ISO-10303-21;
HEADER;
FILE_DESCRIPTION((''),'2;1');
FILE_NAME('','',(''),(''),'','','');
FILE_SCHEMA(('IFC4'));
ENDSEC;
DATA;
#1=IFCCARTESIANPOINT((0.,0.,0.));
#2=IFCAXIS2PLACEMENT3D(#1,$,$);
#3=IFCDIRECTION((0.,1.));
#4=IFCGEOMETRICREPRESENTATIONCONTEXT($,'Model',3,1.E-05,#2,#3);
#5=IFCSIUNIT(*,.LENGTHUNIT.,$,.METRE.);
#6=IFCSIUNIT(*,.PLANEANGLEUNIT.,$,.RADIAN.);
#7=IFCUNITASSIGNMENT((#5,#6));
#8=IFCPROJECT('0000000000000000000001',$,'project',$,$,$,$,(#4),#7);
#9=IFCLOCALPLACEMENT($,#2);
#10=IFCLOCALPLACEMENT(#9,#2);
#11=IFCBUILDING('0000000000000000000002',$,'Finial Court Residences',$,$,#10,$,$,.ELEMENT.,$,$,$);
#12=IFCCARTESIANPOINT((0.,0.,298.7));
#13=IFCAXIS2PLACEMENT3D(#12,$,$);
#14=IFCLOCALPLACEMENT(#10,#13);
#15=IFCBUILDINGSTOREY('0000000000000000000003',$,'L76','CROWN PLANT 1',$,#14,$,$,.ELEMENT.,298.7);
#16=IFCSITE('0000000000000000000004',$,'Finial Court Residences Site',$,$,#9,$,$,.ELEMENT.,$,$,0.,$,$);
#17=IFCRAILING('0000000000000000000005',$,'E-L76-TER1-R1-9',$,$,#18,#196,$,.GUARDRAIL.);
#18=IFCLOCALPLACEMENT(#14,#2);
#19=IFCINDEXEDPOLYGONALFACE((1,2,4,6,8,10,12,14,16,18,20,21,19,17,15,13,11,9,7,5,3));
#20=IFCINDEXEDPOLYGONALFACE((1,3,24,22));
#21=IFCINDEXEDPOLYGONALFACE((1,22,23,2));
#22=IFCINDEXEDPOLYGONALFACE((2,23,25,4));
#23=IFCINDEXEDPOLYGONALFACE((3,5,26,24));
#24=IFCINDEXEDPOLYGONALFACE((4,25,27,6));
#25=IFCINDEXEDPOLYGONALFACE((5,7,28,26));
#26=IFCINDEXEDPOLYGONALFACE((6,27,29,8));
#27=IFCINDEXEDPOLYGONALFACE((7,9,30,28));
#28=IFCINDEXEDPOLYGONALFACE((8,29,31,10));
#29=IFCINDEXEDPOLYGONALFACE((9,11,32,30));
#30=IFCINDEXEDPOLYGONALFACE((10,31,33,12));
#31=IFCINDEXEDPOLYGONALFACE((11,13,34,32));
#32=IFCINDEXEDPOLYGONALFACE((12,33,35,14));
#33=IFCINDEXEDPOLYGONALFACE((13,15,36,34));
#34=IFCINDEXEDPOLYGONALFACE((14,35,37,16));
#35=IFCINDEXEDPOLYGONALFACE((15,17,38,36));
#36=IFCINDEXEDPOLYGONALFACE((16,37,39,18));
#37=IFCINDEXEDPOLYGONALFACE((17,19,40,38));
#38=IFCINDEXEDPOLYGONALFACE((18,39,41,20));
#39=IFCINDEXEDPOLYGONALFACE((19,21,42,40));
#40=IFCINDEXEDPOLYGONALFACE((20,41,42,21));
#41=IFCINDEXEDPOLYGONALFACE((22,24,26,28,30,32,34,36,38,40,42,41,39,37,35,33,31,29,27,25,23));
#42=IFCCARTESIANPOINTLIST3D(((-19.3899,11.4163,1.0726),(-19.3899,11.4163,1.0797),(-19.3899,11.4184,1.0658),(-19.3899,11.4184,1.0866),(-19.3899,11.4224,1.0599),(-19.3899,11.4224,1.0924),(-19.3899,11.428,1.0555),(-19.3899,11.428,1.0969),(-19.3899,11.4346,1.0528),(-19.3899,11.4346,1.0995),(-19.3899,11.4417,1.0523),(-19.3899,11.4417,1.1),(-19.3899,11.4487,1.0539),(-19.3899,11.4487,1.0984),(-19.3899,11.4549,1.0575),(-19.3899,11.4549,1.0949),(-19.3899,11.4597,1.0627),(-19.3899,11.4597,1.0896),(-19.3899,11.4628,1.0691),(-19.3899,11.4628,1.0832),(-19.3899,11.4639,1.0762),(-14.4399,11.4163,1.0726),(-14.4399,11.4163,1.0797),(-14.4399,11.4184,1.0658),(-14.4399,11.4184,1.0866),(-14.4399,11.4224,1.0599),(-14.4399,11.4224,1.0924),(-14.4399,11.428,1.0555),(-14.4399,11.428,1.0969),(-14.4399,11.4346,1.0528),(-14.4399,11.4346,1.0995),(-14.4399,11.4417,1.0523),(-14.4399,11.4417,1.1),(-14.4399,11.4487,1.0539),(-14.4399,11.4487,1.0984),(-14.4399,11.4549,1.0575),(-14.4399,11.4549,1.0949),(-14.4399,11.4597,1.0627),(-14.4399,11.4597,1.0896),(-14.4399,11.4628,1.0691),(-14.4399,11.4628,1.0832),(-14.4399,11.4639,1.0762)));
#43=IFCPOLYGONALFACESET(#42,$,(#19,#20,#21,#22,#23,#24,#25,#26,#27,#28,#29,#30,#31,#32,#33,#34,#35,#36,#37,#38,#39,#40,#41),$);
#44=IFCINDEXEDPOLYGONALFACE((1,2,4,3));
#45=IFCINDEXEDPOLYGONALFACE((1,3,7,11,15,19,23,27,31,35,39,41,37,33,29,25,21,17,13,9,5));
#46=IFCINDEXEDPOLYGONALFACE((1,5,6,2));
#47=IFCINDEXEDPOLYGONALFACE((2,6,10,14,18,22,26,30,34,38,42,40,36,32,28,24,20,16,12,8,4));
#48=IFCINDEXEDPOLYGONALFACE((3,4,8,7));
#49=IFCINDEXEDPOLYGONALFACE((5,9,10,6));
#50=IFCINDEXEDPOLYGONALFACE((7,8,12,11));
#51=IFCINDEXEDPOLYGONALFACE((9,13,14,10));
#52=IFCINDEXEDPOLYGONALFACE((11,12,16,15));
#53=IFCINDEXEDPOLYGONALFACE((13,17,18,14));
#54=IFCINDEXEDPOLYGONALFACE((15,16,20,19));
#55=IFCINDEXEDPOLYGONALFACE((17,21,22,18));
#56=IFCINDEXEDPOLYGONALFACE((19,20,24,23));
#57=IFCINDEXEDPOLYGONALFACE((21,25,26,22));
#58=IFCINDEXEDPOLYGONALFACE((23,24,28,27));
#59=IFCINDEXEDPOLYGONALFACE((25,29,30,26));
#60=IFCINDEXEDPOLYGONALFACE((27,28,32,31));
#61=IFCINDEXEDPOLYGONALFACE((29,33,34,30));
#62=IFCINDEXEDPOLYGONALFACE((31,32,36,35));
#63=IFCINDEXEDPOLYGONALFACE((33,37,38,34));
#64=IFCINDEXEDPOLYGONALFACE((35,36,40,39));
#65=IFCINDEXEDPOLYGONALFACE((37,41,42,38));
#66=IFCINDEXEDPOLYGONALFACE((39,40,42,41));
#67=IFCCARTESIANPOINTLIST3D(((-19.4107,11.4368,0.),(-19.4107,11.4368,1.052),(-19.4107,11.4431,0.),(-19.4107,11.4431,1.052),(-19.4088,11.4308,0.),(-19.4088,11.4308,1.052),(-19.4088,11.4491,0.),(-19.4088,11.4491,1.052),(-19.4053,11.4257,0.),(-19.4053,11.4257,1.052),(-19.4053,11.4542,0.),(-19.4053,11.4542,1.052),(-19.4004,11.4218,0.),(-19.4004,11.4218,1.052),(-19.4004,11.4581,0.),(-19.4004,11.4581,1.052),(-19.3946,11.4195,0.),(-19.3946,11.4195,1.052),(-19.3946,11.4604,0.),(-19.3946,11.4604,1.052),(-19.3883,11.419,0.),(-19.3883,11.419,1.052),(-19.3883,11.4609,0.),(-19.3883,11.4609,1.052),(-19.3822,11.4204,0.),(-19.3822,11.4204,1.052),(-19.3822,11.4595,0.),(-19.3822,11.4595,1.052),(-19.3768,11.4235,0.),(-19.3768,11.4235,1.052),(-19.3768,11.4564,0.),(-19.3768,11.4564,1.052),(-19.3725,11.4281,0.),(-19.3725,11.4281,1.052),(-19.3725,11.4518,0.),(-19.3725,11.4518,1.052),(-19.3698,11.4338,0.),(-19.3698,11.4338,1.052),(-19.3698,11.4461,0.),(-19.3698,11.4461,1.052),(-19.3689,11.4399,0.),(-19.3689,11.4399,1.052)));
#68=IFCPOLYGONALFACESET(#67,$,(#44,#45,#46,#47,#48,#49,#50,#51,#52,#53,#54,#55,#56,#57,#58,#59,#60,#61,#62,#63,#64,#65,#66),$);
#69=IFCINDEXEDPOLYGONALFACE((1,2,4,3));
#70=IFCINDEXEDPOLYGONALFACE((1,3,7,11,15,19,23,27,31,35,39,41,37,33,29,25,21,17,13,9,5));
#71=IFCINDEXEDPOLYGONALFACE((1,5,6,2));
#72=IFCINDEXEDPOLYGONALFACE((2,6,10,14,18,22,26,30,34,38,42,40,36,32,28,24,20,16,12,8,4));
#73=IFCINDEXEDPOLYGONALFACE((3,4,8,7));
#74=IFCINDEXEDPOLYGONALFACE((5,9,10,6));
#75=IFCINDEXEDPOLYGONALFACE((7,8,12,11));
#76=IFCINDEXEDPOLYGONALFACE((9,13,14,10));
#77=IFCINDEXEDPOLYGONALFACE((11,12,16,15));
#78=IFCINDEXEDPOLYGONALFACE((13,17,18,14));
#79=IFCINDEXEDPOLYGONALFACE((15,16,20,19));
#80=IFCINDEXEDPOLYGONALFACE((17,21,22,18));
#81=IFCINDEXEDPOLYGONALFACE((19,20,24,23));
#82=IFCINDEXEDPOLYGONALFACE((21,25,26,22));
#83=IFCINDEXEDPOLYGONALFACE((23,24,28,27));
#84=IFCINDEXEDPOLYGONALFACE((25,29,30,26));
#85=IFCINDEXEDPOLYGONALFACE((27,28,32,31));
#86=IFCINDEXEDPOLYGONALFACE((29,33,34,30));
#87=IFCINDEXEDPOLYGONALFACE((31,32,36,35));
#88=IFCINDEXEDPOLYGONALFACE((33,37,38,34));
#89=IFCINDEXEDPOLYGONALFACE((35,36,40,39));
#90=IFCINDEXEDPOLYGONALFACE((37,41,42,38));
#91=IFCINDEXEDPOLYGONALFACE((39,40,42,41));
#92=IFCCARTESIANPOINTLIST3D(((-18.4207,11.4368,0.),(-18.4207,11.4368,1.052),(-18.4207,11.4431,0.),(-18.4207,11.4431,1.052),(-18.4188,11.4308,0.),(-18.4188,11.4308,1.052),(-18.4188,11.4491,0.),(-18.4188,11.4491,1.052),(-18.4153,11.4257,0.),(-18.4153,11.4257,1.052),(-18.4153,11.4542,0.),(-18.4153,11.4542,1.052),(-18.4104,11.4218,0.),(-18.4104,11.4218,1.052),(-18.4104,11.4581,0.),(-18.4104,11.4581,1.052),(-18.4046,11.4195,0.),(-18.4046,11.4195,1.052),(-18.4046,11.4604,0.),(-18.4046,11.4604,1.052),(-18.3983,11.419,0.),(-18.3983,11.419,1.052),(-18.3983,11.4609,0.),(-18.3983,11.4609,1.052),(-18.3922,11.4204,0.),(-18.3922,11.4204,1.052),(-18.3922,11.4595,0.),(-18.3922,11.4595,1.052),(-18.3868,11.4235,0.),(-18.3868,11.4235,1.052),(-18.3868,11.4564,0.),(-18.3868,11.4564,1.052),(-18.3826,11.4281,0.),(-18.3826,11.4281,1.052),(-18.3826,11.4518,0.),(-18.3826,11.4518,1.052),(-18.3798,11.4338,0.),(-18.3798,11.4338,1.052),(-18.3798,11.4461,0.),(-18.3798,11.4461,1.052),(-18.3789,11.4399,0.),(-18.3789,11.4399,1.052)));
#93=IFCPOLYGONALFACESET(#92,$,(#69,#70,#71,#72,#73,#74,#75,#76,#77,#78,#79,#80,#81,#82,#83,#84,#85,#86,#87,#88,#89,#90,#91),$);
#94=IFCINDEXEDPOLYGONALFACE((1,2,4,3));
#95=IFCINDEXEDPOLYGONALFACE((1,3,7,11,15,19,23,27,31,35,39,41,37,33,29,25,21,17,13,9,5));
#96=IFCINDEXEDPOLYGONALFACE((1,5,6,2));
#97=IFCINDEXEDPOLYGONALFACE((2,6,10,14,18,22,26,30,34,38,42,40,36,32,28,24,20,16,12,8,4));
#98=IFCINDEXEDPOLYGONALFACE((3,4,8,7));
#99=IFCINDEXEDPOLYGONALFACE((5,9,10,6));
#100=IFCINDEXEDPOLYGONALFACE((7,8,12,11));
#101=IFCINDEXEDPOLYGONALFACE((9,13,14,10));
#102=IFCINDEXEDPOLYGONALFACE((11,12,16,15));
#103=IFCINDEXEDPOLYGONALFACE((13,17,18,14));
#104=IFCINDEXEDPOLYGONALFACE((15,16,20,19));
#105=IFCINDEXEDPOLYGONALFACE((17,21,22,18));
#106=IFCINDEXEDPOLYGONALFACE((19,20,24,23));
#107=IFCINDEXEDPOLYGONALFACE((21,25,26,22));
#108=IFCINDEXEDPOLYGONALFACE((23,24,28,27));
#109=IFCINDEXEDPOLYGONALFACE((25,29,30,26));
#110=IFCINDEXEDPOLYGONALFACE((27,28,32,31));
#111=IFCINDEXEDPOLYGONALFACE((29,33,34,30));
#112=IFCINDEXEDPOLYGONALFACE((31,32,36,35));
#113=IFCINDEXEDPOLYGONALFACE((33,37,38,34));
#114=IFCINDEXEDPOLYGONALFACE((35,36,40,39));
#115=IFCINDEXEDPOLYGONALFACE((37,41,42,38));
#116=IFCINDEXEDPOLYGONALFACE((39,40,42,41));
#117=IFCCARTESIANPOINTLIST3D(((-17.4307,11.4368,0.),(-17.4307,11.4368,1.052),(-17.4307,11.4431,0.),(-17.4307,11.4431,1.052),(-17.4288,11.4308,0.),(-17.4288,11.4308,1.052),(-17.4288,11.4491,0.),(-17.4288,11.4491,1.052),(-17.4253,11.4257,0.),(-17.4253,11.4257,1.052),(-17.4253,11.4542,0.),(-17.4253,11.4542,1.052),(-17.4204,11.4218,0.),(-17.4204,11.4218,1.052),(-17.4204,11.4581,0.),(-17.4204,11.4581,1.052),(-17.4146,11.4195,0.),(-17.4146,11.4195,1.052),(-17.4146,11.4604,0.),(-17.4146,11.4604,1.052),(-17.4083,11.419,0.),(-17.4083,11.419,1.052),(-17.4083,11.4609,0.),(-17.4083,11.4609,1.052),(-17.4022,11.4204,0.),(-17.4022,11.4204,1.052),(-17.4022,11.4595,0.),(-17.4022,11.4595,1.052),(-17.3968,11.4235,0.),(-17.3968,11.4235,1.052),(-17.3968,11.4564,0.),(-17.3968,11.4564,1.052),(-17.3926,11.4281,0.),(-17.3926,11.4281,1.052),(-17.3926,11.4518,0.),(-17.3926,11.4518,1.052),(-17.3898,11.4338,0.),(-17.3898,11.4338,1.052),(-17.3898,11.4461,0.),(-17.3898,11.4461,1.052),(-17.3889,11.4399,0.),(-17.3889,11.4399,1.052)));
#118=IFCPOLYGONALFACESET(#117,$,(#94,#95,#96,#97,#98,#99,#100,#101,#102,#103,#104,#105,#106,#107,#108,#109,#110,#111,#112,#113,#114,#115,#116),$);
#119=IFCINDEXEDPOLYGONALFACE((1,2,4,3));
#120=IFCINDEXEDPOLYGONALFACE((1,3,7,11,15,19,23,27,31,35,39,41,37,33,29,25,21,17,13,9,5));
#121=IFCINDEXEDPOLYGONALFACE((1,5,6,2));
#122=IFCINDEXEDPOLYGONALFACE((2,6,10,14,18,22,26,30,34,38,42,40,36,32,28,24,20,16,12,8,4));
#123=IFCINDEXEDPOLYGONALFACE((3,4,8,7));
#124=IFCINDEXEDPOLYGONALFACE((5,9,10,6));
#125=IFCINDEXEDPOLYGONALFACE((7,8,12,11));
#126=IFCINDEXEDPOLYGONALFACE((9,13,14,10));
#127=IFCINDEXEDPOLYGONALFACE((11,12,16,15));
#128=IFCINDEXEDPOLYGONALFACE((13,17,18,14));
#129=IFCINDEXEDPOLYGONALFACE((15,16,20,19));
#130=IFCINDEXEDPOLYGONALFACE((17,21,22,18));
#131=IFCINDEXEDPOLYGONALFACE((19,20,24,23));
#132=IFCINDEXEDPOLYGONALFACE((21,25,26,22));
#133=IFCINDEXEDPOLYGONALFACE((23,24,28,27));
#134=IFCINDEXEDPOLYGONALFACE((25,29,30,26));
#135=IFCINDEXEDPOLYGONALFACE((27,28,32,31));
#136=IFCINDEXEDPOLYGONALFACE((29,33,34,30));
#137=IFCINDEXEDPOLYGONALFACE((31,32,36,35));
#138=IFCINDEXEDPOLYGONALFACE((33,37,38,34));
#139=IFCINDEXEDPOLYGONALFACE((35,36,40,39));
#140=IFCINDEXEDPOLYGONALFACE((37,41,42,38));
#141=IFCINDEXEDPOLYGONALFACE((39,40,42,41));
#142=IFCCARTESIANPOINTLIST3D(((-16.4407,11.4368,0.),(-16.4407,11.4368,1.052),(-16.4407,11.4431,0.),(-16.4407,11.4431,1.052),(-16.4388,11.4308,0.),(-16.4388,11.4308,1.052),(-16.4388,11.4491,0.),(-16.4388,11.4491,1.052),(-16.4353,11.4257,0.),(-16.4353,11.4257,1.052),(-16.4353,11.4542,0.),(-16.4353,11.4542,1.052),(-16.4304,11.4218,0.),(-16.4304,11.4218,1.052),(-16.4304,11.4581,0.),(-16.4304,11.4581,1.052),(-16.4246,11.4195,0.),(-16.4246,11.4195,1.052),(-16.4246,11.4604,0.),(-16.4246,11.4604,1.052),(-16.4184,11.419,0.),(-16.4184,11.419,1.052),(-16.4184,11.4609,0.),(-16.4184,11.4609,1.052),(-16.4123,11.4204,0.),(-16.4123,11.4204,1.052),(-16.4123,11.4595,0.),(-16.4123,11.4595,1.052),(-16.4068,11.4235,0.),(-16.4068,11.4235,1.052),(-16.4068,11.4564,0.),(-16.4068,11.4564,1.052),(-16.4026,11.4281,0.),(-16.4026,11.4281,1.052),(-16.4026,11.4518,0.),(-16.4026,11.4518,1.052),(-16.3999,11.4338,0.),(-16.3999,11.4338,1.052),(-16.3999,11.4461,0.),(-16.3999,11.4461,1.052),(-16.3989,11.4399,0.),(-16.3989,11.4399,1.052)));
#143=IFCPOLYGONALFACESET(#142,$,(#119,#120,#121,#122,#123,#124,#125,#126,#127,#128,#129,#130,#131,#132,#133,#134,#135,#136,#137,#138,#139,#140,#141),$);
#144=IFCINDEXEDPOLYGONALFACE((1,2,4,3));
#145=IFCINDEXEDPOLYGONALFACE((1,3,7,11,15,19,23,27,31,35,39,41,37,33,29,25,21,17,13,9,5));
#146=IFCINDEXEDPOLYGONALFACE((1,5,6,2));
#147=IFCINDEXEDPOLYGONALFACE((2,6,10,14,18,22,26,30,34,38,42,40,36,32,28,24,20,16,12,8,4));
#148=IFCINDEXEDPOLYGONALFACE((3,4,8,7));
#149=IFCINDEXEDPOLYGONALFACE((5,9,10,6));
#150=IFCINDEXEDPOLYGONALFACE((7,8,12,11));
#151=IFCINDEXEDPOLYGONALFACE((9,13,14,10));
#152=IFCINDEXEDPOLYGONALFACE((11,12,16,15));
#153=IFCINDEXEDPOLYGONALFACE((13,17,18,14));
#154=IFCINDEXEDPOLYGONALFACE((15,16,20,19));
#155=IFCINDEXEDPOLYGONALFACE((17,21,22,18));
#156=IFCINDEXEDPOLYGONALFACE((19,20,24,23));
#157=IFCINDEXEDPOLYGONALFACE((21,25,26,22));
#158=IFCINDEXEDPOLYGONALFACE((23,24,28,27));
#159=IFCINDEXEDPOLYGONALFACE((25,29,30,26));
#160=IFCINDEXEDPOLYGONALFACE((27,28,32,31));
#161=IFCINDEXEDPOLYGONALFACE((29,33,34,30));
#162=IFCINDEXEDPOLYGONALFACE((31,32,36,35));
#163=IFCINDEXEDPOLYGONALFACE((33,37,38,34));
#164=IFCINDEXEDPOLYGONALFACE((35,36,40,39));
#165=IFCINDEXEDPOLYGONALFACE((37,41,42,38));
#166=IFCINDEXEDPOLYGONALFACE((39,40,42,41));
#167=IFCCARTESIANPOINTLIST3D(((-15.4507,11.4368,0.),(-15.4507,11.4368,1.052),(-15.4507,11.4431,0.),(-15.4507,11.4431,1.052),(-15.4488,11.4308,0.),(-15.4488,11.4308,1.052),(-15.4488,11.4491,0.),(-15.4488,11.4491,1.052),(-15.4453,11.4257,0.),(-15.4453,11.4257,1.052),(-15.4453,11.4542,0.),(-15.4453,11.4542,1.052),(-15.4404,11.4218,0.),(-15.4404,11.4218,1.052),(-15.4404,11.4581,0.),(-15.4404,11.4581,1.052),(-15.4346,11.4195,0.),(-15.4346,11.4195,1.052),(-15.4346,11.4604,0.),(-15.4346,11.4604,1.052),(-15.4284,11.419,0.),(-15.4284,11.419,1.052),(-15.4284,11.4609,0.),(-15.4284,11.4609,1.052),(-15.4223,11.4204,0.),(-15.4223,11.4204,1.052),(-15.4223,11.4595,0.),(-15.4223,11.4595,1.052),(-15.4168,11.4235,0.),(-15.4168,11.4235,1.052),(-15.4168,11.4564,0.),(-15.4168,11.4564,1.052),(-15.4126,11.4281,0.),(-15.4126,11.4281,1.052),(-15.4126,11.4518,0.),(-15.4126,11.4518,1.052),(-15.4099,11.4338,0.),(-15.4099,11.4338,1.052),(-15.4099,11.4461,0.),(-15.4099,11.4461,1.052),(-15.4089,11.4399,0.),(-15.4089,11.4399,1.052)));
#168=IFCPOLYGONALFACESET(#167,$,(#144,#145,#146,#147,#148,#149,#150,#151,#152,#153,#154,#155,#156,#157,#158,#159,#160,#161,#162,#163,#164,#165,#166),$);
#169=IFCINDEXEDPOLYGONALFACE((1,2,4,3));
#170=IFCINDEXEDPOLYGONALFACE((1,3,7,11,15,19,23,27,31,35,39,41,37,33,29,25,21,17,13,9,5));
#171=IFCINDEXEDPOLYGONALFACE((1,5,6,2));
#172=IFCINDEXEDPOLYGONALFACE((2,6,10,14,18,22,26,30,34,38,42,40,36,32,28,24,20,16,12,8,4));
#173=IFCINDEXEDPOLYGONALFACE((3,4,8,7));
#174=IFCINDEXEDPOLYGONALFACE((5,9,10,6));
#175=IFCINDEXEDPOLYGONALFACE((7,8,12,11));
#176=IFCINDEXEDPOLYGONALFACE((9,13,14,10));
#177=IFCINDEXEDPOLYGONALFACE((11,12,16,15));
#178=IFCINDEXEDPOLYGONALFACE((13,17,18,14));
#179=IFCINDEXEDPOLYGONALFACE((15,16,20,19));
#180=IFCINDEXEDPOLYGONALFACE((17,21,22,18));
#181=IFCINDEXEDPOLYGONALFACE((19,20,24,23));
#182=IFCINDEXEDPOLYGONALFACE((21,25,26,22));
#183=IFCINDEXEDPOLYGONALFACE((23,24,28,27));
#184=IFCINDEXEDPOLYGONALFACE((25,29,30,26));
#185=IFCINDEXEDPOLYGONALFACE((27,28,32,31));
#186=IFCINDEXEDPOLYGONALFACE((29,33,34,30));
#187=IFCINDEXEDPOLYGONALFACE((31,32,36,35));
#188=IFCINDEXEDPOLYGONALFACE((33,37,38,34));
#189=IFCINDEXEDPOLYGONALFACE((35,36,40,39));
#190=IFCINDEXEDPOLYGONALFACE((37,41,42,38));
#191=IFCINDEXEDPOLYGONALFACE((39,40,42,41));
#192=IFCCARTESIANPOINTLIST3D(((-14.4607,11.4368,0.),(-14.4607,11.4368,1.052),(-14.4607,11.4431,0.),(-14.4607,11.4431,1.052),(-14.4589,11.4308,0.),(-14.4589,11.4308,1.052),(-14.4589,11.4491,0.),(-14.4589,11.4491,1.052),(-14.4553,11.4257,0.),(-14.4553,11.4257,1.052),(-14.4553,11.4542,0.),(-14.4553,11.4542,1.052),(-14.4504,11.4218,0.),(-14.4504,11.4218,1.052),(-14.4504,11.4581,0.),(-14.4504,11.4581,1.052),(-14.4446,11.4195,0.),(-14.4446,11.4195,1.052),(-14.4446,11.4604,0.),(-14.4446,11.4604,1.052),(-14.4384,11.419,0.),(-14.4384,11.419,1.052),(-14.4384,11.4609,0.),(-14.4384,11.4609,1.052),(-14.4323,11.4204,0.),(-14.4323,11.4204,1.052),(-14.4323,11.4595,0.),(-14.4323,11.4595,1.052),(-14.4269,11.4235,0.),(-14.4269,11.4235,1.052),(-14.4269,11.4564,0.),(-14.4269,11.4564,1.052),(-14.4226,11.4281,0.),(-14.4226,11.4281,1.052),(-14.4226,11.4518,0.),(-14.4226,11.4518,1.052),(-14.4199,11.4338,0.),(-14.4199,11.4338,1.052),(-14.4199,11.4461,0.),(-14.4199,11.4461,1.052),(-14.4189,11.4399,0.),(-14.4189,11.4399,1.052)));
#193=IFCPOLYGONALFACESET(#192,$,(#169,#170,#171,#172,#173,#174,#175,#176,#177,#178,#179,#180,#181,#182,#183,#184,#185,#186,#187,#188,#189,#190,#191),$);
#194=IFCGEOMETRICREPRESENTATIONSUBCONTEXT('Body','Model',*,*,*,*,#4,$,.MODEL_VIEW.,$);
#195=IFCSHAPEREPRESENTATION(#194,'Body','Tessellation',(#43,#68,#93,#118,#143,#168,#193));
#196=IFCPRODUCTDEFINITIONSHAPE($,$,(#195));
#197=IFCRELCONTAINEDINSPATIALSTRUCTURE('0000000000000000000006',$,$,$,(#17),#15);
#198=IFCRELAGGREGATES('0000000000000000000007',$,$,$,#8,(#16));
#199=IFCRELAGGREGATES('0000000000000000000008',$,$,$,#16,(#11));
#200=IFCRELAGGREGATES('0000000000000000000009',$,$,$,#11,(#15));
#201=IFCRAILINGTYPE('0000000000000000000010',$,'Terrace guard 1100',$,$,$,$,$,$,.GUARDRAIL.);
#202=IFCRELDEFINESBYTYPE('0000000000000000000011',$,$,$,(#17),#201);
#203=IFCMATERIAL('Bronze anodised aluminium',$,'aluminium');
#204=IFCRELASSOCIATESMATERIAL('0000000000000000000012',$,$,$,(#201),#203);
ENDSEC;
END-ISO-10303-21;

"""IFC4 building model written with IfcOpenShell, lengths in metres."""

from ifc_helpers import new_model, si_unit, direction, frame, origin, origin_2d, place, context, subcontext, project, spatial, circle, extrude, material, type_object, element, save


model = new_model("IFC4")

# Units and contexts
model_context = context("Model", 3, precision=1e-05, world=origin(), true_north=direction((0.0, 1.0)))
body_context = subcontext(model_context, "Body", "Model", "MODEL_VIEW")
ifc_project = project(units=[si_unit("LENGTHUNIT", "METRE"), si_unit("PLANEANGLEUNIT", "RADIAN")], contexts=[model_context])

# Site, building, storey
site_placement = place(None, origin())
site = spatial("IfcSite", under=ifc_project, at=site_placement, Name="Finial Court Residences Site", CompositionType="ELEMENT", RefElevation=0.0)
building_placement = place(site_placement, origin())
building = spatial("IfcBuilding", under=site, at=building_placement, Name="Finial Court Residences", CompositionType="ELEMENT")
storey_placement = place(building_placement, frame((0.0, 0.0, 298.7)))
storey = spatial("IfcBuildingStorey", under=building, at=storey_placement, Name="L76", Description="CROWN PLANT 1", CompositionType="ELEMENT", Elevation=298.7)

# Shared definitions
ifc_material_1 = material(Name="Bronze anodised aluminium", Category="aluminium")

# Railing
railing_type = type_object("IfcRailingType", Name="Terrace guard 1100", PredefinedType="GUARDRAIL", material=ifc_material_1)
railing_1_placement = place(storey_placement, frame((-19.3899, 11.4399, 0.0)))
element("IfcRailing", 1, at=railing_1_placement, inside=storey, type_object=railing_type, Name="E-L76-TER1-R1-9", PredefinedType="GUARDRAIL", context=body_context, shape_type="SweptSolid", body=[
    extrude(circle(Radius=0.0239, at=origin_2d()), frame((0.0, 0.0, 1.0762), z_axis=(1.0, 0.0, 0.0), x_axis=(0.0, 1.0, 0.0)), (0.0, 0.0, 1.0), 4.95),
    extrude(circle(Radius=0.021, at=origin_2d()), origin(), (0.0, 0.0, 1.0), 1.052),
    extrude(circle(Radius=0.021, at=origin_2d()), frame((0.99, 0.0, 0.0)), (0.0, 0.0, 1.0), 1.052),
    extrude(circle(Radius=0.021, at=origin_2d()), frame((1.98, 0.0, 0.0)), (0.0, 0.0, 1.0), 1.052),
    extrude(circle(Radius=0.021, at=origin_2d()), frame((2.97, 0.0, 0.0)), (0.0, 0.0, 1.0), 1.052),
    extrude(circle(Radius=0.021, at=origin_2d()), frame((3.96, 0.0, 0.0)), (0.0, 0.0, 1.0), 1.052),
    extrude(circle(Radius=0.021, at=origin_2d()), frame((4.95, 0.0, 0.0)), (0.0, 0.0, 1.0), 1.052),
])

save(model, "model.ifc")
